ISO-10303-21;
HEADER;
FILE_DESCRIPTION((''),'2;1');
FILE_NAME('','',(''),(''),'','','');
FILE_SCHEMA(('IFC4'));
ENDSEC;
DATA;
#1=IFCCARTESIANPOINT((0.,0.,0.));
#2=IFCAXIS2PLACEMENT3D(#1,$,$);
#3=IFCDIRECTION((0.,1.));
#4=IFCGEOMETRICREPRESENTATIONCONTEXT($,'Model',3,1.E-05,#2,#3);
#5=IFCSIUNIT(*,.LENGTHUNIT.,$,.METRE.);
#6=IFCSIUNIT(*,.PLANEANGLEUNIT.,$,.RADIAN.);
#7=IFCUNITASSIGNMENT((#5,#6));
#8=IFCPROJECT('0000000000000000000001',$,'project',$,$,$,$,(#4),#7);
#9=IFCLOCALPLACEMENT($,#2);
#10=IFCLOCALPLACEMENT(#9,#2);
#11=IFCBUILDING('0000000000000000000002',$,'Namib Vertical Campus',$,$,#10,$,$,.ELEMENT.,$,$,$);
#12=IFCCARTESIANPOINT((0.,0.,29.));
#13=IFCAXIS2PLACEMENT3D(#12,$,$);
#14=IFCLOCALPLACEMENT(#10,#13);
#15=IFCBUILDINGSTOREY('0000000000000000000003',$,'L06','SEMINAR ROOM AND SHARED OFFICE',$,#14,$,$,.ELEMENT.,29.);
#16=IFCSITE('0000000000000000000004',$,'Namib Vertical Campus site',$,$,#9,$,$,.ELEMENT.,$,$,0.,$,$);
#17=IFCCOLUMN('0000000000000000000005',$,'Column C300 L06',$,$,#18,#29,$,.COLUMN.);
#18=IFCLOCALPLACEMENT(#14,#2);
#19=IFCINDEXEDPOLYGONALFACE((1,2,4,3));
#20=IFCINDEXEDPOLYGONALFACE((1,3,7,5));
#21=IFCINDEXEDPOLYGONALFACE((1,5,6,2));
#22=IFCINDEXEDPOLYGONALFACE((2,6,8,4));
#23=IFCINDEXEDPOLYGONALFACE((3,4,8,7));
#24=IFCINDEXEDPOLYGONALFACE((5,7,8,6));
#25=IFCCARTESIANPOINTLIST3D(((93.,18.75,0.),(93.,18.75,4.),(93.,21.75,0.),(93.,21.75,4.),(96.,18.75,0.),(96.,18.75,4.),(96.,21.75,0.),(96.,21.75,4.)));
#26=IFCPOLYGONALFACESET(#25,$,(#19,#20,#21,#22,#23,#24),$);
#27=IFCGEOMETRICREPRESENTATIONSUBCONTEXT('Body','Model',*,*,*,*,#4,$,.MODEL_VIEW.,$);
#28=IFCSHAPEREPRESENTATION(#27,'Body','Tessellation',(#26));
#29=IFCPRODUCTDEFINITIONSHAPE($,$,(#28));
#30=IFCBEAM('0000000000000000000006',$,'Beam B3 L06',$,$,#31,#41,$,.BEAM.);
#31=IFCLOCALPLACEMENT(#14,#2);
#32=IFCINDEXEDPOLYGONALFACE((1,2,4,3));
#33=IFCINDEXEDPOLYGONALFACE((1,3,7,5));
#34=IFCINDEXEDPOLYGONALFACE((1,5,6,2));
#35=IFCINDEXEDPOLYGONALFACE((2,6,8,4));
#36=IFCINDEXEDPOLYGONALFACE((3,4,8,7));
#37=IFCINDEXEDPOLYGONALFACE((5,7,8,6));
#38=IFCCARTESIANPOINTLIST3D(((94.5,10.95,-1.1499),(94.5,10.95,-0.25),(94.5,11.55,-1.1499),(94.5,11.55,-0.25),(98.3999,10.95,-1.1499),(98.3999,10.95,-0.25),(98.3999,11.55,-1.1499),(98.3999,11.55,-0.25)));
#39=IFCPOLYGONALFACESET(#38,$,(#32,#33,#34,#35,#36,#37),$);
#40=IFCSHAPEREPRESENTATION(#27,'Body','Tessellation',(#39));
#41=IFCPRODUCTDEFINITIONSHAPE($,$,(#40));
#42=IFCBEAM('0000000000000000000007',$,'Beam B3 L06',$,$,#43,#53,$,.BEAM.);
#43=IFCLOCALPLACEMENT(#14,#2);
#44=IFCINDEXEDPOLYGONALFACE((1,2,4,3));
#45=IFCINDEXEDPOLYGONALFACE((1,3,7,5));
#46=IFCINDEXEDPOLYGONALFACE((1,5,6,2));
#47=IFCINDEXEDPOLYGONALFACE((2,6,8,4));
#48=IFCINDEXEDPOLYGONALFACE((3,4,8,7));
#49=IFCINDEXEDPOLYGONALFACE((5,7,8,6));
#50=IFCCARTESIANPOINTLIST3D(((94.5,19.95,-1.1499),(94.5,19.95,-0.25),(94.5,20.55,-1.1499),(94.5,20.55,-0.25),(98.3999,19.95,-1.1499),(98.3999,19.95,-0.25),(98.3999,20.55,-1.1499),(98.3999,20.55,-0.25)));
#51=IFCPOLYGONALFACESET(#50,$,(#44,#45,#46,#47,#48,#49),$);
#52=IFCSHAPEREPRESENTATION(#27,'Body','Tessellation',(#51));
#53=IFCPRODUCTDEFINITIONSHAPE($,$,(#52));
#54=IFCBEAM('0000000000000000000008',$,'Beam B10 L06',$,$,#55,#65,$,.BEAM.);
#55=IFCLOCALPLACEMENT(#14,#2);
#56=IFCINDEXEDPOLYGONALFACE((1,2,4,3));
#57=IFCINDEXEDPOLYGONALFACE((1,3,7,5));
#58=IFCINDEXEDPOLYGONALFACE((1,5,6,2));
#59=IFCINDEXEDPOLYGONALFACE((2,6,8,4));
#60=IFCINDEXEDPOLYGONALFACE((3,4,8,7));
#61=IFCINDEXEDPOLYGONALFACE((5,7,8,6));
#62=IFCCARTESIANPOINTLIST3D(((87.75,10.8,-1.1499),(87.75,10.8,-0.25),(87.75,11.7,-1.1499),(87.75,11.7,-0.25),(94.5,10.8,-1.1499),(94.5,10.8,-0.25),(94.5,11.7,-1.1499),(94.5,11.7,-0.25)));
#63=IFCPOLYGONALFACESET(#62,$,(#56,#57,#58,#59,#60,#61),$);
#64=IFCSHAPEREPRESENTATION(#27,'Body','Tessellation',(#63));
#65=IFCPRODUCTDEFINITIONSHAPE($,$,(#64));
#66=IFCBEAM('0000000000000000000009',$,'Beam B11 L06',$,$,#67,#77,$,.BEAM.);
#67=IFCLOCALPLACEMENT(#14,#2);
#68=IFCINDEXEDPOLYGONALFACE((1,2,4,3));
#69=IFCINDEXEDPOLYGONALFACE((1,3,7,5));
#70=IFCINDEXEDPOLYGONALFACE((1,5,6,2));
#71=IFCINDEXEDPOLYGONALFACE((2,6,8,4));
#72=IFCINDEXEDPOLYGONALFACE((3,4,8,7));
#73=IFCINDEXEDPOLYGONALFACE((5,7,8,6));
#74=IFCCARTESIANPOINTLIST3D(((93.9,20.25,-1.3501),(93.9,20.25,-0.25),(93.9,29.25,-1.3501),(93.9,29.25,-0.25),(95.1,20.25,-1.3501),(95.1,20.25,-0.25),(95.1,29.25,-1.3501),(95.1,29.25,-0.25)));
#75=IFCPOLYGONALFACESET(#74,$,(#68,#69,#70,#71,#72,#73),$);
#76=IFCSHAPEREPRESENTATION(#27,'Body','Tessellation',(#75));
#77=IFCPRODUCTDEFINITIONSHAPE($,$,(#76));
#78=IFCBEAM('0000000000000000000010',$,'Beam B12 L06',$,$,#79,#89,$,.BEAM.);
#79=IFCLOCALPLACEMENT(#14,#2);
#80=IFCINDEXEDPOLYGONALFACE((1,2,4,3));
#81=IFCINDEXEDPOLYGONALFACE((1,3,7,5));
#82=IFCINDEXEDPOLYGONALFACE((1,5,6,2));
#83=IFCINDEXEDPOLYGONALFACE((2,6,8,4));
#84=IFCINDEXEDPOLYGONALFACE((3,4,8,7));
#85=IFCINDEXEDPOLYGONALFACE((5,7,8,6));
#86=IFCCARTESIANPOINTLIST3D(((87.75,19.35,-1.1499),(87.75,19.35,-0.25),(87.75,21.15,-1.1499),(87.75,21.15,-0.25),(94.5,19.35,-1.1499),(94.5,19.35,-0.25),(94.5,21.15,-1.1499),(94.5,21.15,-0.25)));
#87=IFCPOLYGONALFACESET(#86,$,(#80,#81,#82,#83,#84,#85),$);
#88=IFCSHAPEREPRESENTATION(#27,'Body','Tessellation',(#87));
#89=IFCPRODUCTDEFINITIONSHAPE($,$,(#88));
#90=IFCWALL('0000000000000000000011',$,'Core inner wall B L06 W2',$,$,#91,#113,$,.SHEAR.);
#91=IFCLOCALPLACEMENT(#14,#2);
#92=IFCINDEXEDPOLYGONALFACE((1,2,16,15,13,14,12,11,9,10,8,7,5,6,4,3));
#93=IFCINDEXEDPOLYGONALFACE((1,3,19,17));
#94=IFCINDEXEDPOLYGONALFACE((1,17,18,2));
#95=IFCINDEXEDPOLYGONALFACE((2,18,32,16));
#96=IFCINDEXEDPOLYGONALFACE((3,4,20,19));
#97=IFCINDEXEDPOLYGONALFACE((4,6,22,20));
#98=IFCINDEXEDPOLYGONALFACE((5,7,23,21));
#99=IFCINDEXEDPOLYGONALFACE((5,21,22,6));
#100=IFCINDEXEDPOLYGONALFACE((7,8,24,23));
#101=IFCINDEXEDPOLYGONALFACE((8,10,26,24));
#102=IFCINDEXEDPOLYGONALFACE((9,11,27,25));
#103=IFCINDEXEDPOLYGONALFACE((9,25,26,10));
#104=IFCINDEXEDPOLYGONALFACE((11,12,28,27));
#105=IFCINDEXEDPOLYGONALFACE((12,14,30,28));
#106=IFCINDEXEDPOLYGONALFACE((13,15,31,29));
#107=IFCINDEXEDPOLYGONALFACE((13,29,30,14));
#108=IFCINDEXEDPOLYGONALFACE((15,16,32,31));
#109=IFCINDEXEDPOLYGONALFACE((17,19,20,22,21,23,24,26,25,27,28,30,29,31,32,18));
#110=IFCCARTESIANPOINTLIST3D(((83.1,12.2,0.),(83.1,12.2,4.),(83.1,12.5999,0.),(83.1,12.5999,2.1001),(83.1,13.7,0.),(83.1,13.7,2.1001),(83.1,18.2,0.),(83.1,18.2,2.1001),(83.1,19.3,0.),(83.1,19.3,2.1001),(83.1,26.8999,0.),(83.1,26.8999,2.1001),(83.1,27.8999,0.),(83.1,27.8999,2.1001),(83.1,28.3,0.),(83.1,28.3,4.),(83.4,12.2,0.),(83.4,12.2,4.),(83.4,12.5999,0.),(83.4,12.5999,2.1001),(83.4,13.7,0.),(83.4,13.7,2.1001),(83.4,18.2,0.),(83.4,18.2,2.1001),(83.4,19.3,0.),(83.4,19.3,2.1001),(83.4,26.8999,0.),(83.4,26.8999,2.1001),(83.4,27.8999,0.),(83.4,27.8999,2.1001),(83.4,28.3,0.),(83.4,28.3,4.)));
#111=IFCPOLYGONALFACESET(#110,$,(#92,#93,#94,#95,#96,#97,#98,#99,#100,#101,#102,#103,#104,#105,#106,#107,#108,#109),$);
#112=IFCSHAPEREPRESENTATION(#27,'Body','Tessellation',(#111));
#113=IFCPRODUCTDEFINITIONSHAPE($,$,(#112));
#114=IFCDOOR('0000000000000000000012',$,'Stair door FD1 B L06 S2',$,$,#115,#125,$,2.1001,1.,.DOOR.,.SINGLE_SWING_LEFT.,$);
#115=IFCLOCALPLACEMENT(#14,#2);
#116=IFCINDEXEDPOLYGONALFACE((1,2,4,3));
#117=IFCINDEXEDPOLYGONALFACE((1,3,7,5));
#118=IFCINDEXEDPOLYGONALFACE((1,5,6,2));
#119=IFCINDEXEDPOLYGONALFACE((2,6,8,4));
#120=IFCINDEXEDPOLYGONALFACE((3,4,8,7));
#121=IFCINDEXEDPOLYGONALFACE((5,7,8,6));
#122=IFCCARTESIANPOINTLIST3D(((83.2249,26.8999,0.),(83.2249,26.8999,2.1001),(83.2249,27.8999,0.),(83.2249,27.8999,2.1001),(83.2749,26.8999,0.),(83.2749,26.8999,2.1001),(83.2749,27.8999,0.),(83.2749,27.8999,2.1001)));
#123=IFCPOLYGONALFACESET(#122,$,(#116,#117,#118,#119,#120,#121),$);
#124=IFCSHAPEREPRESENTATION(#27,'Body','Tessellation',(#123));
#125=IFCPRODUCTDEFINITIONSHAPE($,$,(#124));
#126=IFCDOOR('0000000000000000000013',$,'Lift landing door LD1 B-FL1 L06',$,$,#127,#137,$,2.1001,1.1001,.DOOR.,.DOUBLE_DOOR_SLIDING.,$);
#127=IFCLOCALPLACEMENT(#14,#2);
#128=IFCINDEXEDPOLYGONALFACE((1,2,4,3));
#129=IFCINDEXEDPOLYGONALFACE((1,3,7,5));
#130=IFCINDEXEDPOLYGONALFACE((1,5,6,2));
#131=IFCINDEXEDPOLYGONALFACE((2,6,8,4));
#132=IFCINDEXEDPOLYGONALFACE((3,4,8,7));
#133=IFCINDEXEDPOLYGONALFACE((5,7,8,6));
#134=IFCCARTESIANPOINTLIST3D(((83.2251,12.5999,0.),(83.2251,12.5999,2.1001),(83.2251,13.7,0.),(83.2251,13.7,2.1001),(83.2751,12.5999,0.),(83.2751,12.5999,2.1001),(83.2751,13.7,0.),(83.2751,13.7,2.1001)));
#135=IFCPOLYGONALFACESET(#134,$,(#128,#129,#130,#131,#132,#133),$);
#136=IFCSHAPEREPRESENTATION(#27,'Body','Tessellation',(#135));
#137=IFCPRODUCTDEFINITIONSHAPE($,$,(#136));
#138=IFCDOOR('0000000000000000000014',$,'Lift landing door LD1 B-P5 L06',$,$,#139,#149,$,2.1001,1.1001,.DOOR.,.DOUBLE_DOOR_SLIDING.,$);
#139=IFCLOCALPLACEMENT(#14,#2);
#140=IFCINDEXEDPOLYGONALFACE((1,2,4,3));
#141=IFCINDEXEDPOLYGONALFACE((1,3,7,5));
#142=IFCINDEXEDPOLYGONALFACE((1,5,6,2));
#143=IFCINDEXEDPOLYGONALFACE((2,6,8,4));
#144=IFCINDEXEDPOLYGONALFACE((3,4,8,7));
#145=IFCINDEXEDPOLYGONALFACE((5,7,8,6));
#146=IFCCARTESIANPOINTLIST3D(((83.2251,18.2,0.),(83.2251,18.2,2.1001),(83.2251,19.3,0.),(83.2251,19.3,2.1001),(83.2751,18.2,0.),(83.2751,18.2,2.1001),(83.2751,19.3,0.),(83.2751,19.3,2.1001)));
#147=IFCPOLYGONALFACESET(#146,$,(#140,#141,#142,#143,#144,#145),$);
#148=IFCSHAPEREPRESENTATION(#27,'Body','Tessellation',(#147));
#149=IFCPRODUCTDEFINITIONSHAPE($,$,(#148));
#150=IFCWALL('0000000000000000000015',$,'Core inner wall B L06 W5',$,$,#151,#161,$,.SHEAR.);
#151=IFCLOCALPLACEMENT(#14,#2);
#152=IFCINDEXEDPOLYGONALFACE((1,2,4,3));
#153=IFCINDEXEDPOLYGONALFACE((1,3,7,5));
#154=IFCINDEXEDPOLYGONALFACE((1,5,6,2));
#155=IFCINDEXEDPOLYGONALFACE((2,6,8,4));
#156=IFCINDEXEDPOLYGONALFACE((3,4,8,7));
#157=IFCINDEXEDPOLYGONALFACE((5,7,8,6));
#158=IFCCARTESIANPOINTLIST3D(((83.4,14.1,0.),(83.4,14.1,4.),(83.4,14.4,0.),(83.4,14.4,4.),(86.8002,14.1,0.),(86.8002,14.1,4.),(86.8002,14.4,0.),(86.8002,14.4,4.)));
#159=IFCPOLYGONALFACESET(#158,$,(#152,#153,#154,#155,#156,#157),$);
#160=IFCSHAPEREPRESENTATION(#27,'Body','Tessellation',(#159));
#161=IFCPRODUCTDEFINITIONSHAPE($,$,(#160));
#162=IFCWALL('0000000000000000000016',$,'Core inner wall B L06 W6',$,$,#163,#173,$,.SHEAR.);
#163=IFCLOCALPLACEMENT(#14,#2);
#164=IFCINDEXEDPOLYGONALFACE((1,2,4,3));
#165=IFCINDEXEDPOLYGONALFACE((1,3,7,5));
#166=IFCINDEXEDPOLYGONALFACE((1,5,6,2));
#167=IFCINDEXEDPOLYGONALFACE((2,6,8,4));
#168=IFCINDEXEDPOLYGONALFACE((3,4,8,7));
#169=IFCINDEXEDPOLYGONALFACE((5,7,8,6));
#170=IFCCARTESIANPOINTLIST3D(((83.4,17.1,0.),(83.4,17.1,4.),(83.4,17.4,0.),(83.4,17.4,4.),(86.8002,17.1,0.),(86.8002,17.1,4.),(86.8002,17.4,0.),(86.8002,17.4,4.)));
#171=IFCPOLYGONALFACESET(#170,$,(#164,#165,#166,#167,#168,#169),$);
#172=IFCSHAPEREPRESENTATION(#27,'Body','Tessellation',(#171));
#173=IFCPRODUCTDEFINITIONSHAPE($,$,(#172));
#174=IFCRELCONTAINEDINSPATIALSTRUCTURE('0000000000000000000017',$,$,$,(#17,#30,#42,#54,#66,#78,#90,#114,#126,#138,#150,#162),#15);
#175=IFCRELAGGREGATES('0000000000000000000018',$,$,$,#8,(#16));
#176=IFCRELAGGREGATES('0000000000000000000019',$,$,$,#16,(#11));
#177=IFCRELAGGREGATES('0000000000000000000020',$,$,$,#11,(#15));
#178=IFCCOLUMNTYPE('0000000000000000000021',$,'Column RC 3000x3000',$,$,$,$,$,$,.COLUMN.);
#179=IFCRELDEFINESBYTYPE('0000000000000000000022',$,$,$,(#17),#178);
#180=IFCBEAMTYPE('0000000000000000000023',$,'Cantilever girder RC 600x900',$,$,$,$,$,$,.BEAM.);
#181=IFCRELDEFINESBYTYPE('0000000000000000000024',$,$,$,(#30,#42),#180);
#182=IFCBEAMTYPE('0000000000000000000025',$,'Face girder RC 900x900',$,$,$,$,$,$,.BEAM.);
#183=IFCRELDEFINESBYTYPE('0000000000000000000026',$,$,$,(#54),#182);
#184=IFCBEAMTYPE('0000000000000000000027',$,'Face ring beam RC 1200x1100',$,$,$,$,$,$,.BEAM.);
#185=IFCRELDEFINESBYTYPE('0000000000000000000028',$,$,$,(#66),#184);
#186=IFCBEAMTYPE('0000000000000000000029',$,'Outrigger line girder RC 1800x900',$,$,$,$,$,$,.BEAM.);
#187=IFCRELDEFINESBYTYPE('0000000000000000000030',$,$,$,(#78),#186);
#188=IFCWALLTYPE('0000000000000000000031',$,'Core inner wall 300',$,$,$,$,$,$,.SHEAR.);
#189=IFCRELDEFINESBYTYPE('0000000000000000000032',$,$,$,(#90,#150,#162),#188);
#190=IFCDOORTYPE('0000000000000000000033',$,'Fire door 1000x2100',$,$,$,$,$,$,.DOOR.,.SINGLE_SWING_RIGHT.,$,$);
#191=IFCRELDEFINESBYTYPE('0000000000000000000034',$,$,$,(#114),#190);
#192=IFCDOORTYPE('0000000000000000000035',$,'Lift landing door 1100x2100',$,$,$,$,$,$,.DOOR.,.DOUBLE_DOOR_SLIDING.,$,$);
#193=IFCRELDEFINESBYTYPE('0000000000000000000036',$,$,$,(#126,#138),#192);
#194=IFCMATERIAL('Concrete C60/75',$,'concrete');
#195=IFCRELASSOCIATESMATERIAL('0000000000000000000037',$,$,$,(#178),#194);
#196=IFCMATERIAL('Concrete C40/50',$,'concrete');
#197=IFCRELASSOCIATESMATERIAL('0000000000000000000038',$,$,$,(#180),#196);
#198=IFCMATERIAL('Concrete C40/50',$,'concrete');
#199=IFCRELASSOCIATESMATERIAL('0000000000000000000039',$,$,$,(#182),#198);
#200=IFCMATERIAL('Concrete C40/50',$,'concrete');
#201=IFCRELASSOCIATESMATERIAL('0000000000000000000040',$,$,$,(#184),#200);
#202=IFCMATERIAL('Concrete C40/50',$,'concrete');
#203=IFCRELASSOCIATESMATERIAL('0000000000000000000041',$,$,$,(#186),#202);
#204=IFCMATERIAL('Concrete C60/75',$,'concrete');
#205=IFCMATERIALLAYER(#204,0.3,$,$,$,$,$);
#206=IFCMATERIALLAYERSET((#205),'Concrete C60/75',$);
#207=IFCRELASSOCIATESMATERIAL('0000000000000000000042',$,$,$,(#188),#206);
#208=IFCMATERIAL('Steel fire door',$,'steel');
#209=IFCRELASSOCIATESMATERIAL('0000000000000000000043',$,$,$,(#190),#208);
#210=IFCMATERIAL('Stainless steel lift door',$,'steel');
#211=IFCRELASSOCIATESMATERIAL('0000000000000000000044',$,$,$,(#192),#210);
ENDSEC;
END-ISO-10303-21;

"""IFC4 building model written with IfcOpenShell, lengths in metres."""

from ifc_helpers import new_model, si_unit, direction, frame, frame_2d, origin, origin_2d, place, context, subcontext, project, spatial, rectangle, extrude, material, layer, layer_set, material_profile, profile_set, type_object, element, fill, save


model = new_model("IFC4")

# Units and contexts
model_context = context("Model", 3, precision=1e-05, world=origin(), true_north=direction((0.0, 1.0)))
body_context = subcontext(model_context, "Body", "Model", "MODEL_VIEW")
ifc_project = project(units=[si_unit("LENGTHUNIT", "METRE"), si_unit("PLANEANGLEUNIT", "RADIAN")], contexts=[model_context])

# Site, building, storey
site_placement = place(None, origin())
site = spatial("IfcSite", under=ifc_project, at=site_placement, Name="Namib Vertical Campus site", CompositionType="ELEMENT", RefElevation=0.0)
building_placement = place(site_placement, origin())
building = spatial("IfcBuilding", under=site, at=building_placement, Name="Namib Vertical Campus", CompositionType="ELEMENT")
storey_placement = place(building_placement, frame((0.0, 0.0, 29.0)))
storey = spatial("IfcBuildingStorey", under=building, at=storey_placement, Name="L06", Description="SEMINAR ROOM AND SHARED OFFICE", CompositionType="ELEMENT", Elevation=29.0)

# Column
ifc_material_1 = material(Name="Concrete C60/75", Category="concrete")
ifc_material_profile_1 = material_profile(ifc_material_1, rectangle(XDim=3.0, YDim=3.0, at=origin_2d()))
ifc_profile_set_1 = profile_set([ifc_material_profile_1], Name="Concrete C60/75")
column_type = type_object("IfcColumnType", Name="Column RC 3000x3000", PredefinedType="COLUMN", material=ifc_profile_set_1)
column_placement = place(storey_placement, frame((94.5, 20.25, 0.0), z_axis=(0.0, 0.0, 1.0), x_axis=(1.0, 0.0, 0.0)))
element("IfcColumn", 1, at=column_placement, inside=storey, type_object=column_type, Name="Column C300 L06", PredefinedType="COLUMN", context=body_context, shape_type="SweptSolid", body=[
    extrude(rectangle(XDim=3.0, YDim=3.0, at=origin_2d()), origin(), (0.0, 0.0, 1.0), 4.0),
])

# Beams
ifc_material_2 = material(Name="Concrete C40/50", Category="concrete")
ifc_material_profile_2 = material_profile(ifc_material_2, rectangle(XDim=0.6001, YDim=0.8999, at=origin_2d()))
ifc_profile_set_2 = profile_set([ifc_material_profile_2], Name="Concrete C40/50")
beam_type_1 = type_object("IfcBeamType", Name="Cantilever girder RC 600x900", PredefinedType="BEAM", material=ifc_profile_set_2)
for number, where, z_axis, x_axis, name in (
    (2, (94.5, 11.25, -0.7), (1.0, 0.0, 0.0), (0.0, 1.0, 0.0), "Beam B3 L06"),
    (3, (94.5, 20.25, -0.7), (1.0, 0.0, 0.0), (0.0, 1.0, 0.0), "Beam B3 L06"),
):
    element("IfcBeam", number, at=place(storey_placement, frame(where, z_axis=z_axis, x_axis=x_axis)), inside=storey, type_object=beam_type_1, Name=name, PredefinedType="BEAM", context=body_context, shape_type="SweptSolid", body=[
        extrude(rectangle(XDim=0.6001, YDim=0.8999, at=origin_2d()), origin(), (0.0, 0.0, 1.0), 3.8999),
    ])
ifc_material_3 = material(Name="Concrete C40/50", Category="concrete")
ifc_material_profile_3 = material_profile(ifc_material_3, rectangle(XDim=0.8999, YDim=0.8999, at=origin_2d()))
ifc_profile_set_3 = profile_set([ifc_material_profile_3], Name="Concrete C40/50")
beam_type_2 = type_object("IfcBeamType", Name="Face girder RC 900x900", PredefinedType="BEAM", material=ifc_profile_set_3)
beam_1_placement = place(storey_placement, frame((94.5, 11.25, -0.7), z_axis=(-1.0, 0.0, 0.0), x_axis=(0.0, -1.0, 0.0)))
element("IfcBeam", 4, at=beam_1_placement, inside=storey, type_object=beam_type_2, Name="Beam B10 L06", PredefinedType="BEAM", context=body_context, shape_type="SweptSolid", body=[
    extrude(rectangle(XDim=0.8999, YDim=0.8999, at=origin_2d()), origin(), (0.0, 0.0, 1.0), 6.75),
])
ifc_material_4 = material(Name="Concrete C40/50", Category="concrete")
ifc_material_profile_4 = material_profile(ifc_material_4, rectangle(XDim=1.2, YDim=1.1001, at=origin_2d()))
ifc_profile_set_4 = profile_set([ifc_material_profile_4], Name="Concrete C40/50")
beam_type_3 = type_object("IfcBeamType", Name="Face ring beam RC 1200x1100", PredefinedType="BEAM", material=ifc_profile_set_4)
beam_2_placement = place(storey_placement, frame((94.5, 20.25, -0.8), z_axis=(0.0, 1.0, 0.0), x_axis=(-1.0, 0.0, 0.0)))
element("IfcBeam", 5, at=beam_2_placement, inside=storey, type_object=beam_type_3, Name="Beam B11 L06", PredefinedType="BEAM", context=body_context, shape_type="SweptSolid", body=[
    extrude(rectangle(XDim=1.2, YDim=1.1001, at=origin_2d()), origin(), (0.0, 0.0, 1.0), 9.0),
])
ifc_material_5 = material(Name="Concrete C40/50", Category="concrete")
ifc_material_profile_5 = material_profile(ifc_material_5, rectangle(XDim=1.8, YDim=0.8999, at=origin_2d()))
ifc_profile_set_5 = profile_set([ifc_material_profile_5], Name="Concrete C40/50")
beam_type_4 = type_object("IfcBeamType", Name="Outrigger line girder RC 1800x900", PredefinedType="BEAM", material=ifc_profile_set_5)
beam_3_placement = place(storey_placement, frame((94.5, 20.25, -0.7), z_axis=(-1.0, 0.0, 0.0), x_axis=(0.0, -1.0, 0.0)))
element("IfcBeam", 6, at=beam_3_placement, inside=storey, type_object=beam_type_4, Name="Beam B12 L06", PredefinedType="BEAM", context=body_context, shape_type="SweptSolid", body=[
    extrude(rectangle(XDim=1.8, YDim=0.8999, at=origin_2d()), origin(), (0.0, 0.0, 1.0), 6.75),
])

# Wall, openings, doors
ifc_material_6 = material(Name="Concrete C60/75", Category="concrete")
ifc_layer_1 = layer(ifc_material_6, 0.3)
ifc_layer_set_1 = layer_set([ifc_layer_1], Name="Concrete C60/75")
wall_type_1 = type_object("IfcWallType", Name="Core inner wall 300", PredefinedType="SHEAR", material=ifc_layer_set_1)
wall_1_placement = place(storey_placement, frame((83.25, 12.2, 0.0), z_axis=(0.0, 0.0, 1.0), x_axis=(0.0, 1.0, 0.0)))
wall_1 = element("IfcWall", 7, at=wall_1_placement, inside=storey, type_object=wall_type_1, Name="Core inner wall B L06 W2", PredefinedType="SHEAR", context=body_context, shape_type="SweptSolid", body=[
    extrude(rectangle(XDim=16.1001, YDim=0.3, at=frame_2d((8.05, 0.0))), origin(), (0.0, 0.0, 1.0), 4.0),
])
opening_1_placement = place(wall_1_placement, frame((14.7, 0.0, 0.0)))
opening_1 = element("IfcOpeningElement", 8, at=opening_1_placement, cuts=wall_1, PredefinedType="OPENING", context=body_context, shape_type="SweptSolid", body=[
    extrude(rectangle(XDim=1.0, YDim=2.1001, at=frame_2d((0.5, 1.05))), frame((0.0, 0.1599, 0.0), z_axis=(0.0, -1.0, 0.0), x_axis=(1.0, 0.0, 0.0)), (0.0, 0.0, 1.0), 0.3201),
])
opening_2_placement = place(wall_1_placement, frame((0.3999, 0.0, 0.0)))
opening_2 = element("IfcOpeningElement", 9, at=opening_2_placement, cuts=wall_1, PredefinedType="OPENING", context=body_context, shape_type="SweptSolid", body=[
    extrude(rectangle(XDim=1.1001, YDim=2.1001, at=frame_2d((0.55, 1.05))), frame((0.0, 0.1599, 0.0), z_axis=(0.0, -1.0, 0.0), x_axis=(1.0, 0.0, 0.0)), (0.0, 0.0, 1.0), 0.3201),
])
opening_3_placement = place(wall_1_placement, frame((6.0, 0.0, 0.0)))
opening_3 = element("IfcOpeningElement", 10, at=opening_3_placement, cuts=wall_1, PredefinedType="OPENING", context=body_context, shape_type="SweptSolid", body=[
    extrude(rectangle(XDim=1.1001, YDim=2.1001, at=frame_2d((0.55, 1.05))), frame((0.0, 0.1599, 0.0), z_axis=(0.0, -1.0, 0.0), x_axis=(1.0, 0.0, 0.0)), (0.0, 0.0, 1.0), 0.3201),
])
ifc_material_7 = material(Name="Steel fire door", Category="steel")
door_type_1 = type_object("IfcDoorType", Name="Fire door 1000x2100", OperationType="SINGLE_SWING_RIGHT", PredefinedType="DOOR", material=ifc_material_7)
door_1_placement = place(opening_1_placement, frame((1.0, 0.0, 0.0), z_axis=(0.0, 0.0, 1.0), x_axis=(-1.0, 0.0, 0.0)))
door_1 = element("IfcDoor", 11, at=door_1_placement, inside=storey, type_object=door_type_1, Name="Stair door FD1 B L06 S2", OperationType="SINGLE_SWING_LEFT", OverallHeight=2.1001, OverallWidth=1.0, PredefinedType="DOOR", context=body_context, shape_type="SweptSolid", body=[
    extrude(rectangle(XDim=1.0, YDim=2.1001, at=frame_2d((0.5, 1.05))), frame((0.0, 0.0249, 0.0), z_axis=(0.0, -1.0, 0.0), x_axis=(1.0, 0.0, 0.0)), (0.0, 0.0, 1.0), 0.05),
])
fill(opening_1, door_1)
ifc_material_8 = material(Name="Stainless steel lift door", Category="steel")
door_type_2 = type_object("IfcDoorType", Name="Lift landing door 1100x2100", OperationType="DOUBLE_DOOR_SLIDING", PredefinedType="DOOR", material=ifc_material_8)
door_2_placement = place(opening_2_placement, origin())
door_2 = element("IfcDoor", 12, at=door_2_placement, inside=storey, type_object=door_type_2, Name="Lift landing door LD1 B-FL1 L06", OperationType="DOUBLE_DOOR_SLIDING", OverallHeight=2.1001, OverallWidth=1.1001, PredefinedType="DOOR", context=body_context, shape_type="SweptSolid", body=[
    extrude(rectangle(XDim=1.1001, YDim=2.1001, at=frame_2d((0.55, 1.05))), frame((0.0, 0.0249, 0.0), z_axis=(0.0, -1.0, 0.0), x_axis=(1.0, 0.0, 0.0)), (0.0, 0.0, 1.0), 0.05),
])
fill(opening_2, door_2)
door_3_placement = place(opening_3_placement, origin())
door_3 = element("IfcDoor", 13, at=door_3_placement, inside=storey, type_object=door_type_2, Name="Lift landing door LD1 B-P5 L06", OperationType="DOUBLE_DOOR_SLIDING", OverallHeight=2.1001, OverallWidth=1.1001, PredefinedType="DOOR", context=body_context, shape_type="SweptSolid", body=[
    extrude(rectangle(XDim=1.1001, YDim=2.1001, at=frame_2d((0.55, 1.05))), frame((0.0, 0.0249, 0.0), z_axis=(0.0, -1.0, 0.0), x_axis=(1.0, 0.0, 0.0)), (0.0, 0.0, 1.0), 0.05),
])
fill(opening_3, door_3)

# Walls
for number, where, z_axis, x_axis, name in (
    (14, (83.3999, 14.25, 0.0), (0.0, 0.0, 1.0), (1.0, 0.0, 0.0), "Core inner wall B L06 W5"),
    (15, (83.3999, 17.25, 0.0), (0.0, 0.0, 1.0), (1.0, 0.0, 0.0), "Core inner wall B L06 W6"),
):
    element("IfcWall", number, at=place(storey_placement, frame(where, z_axis=z_axis, x_axis=x_axis)), inside=storey, type_object=wall_type_1, Name=name, PredefinedType="SHEAR", context=body_context, shape_type="SweptSolid", body=[
        extrude(rectangle(XDim=3.4001, YDim=0.3, at=frame_2d((1.7002, 0.0))), origin(), (0.0, 0.0, 1.0), 4.0),
    ])

save(model, "model.ifc")
